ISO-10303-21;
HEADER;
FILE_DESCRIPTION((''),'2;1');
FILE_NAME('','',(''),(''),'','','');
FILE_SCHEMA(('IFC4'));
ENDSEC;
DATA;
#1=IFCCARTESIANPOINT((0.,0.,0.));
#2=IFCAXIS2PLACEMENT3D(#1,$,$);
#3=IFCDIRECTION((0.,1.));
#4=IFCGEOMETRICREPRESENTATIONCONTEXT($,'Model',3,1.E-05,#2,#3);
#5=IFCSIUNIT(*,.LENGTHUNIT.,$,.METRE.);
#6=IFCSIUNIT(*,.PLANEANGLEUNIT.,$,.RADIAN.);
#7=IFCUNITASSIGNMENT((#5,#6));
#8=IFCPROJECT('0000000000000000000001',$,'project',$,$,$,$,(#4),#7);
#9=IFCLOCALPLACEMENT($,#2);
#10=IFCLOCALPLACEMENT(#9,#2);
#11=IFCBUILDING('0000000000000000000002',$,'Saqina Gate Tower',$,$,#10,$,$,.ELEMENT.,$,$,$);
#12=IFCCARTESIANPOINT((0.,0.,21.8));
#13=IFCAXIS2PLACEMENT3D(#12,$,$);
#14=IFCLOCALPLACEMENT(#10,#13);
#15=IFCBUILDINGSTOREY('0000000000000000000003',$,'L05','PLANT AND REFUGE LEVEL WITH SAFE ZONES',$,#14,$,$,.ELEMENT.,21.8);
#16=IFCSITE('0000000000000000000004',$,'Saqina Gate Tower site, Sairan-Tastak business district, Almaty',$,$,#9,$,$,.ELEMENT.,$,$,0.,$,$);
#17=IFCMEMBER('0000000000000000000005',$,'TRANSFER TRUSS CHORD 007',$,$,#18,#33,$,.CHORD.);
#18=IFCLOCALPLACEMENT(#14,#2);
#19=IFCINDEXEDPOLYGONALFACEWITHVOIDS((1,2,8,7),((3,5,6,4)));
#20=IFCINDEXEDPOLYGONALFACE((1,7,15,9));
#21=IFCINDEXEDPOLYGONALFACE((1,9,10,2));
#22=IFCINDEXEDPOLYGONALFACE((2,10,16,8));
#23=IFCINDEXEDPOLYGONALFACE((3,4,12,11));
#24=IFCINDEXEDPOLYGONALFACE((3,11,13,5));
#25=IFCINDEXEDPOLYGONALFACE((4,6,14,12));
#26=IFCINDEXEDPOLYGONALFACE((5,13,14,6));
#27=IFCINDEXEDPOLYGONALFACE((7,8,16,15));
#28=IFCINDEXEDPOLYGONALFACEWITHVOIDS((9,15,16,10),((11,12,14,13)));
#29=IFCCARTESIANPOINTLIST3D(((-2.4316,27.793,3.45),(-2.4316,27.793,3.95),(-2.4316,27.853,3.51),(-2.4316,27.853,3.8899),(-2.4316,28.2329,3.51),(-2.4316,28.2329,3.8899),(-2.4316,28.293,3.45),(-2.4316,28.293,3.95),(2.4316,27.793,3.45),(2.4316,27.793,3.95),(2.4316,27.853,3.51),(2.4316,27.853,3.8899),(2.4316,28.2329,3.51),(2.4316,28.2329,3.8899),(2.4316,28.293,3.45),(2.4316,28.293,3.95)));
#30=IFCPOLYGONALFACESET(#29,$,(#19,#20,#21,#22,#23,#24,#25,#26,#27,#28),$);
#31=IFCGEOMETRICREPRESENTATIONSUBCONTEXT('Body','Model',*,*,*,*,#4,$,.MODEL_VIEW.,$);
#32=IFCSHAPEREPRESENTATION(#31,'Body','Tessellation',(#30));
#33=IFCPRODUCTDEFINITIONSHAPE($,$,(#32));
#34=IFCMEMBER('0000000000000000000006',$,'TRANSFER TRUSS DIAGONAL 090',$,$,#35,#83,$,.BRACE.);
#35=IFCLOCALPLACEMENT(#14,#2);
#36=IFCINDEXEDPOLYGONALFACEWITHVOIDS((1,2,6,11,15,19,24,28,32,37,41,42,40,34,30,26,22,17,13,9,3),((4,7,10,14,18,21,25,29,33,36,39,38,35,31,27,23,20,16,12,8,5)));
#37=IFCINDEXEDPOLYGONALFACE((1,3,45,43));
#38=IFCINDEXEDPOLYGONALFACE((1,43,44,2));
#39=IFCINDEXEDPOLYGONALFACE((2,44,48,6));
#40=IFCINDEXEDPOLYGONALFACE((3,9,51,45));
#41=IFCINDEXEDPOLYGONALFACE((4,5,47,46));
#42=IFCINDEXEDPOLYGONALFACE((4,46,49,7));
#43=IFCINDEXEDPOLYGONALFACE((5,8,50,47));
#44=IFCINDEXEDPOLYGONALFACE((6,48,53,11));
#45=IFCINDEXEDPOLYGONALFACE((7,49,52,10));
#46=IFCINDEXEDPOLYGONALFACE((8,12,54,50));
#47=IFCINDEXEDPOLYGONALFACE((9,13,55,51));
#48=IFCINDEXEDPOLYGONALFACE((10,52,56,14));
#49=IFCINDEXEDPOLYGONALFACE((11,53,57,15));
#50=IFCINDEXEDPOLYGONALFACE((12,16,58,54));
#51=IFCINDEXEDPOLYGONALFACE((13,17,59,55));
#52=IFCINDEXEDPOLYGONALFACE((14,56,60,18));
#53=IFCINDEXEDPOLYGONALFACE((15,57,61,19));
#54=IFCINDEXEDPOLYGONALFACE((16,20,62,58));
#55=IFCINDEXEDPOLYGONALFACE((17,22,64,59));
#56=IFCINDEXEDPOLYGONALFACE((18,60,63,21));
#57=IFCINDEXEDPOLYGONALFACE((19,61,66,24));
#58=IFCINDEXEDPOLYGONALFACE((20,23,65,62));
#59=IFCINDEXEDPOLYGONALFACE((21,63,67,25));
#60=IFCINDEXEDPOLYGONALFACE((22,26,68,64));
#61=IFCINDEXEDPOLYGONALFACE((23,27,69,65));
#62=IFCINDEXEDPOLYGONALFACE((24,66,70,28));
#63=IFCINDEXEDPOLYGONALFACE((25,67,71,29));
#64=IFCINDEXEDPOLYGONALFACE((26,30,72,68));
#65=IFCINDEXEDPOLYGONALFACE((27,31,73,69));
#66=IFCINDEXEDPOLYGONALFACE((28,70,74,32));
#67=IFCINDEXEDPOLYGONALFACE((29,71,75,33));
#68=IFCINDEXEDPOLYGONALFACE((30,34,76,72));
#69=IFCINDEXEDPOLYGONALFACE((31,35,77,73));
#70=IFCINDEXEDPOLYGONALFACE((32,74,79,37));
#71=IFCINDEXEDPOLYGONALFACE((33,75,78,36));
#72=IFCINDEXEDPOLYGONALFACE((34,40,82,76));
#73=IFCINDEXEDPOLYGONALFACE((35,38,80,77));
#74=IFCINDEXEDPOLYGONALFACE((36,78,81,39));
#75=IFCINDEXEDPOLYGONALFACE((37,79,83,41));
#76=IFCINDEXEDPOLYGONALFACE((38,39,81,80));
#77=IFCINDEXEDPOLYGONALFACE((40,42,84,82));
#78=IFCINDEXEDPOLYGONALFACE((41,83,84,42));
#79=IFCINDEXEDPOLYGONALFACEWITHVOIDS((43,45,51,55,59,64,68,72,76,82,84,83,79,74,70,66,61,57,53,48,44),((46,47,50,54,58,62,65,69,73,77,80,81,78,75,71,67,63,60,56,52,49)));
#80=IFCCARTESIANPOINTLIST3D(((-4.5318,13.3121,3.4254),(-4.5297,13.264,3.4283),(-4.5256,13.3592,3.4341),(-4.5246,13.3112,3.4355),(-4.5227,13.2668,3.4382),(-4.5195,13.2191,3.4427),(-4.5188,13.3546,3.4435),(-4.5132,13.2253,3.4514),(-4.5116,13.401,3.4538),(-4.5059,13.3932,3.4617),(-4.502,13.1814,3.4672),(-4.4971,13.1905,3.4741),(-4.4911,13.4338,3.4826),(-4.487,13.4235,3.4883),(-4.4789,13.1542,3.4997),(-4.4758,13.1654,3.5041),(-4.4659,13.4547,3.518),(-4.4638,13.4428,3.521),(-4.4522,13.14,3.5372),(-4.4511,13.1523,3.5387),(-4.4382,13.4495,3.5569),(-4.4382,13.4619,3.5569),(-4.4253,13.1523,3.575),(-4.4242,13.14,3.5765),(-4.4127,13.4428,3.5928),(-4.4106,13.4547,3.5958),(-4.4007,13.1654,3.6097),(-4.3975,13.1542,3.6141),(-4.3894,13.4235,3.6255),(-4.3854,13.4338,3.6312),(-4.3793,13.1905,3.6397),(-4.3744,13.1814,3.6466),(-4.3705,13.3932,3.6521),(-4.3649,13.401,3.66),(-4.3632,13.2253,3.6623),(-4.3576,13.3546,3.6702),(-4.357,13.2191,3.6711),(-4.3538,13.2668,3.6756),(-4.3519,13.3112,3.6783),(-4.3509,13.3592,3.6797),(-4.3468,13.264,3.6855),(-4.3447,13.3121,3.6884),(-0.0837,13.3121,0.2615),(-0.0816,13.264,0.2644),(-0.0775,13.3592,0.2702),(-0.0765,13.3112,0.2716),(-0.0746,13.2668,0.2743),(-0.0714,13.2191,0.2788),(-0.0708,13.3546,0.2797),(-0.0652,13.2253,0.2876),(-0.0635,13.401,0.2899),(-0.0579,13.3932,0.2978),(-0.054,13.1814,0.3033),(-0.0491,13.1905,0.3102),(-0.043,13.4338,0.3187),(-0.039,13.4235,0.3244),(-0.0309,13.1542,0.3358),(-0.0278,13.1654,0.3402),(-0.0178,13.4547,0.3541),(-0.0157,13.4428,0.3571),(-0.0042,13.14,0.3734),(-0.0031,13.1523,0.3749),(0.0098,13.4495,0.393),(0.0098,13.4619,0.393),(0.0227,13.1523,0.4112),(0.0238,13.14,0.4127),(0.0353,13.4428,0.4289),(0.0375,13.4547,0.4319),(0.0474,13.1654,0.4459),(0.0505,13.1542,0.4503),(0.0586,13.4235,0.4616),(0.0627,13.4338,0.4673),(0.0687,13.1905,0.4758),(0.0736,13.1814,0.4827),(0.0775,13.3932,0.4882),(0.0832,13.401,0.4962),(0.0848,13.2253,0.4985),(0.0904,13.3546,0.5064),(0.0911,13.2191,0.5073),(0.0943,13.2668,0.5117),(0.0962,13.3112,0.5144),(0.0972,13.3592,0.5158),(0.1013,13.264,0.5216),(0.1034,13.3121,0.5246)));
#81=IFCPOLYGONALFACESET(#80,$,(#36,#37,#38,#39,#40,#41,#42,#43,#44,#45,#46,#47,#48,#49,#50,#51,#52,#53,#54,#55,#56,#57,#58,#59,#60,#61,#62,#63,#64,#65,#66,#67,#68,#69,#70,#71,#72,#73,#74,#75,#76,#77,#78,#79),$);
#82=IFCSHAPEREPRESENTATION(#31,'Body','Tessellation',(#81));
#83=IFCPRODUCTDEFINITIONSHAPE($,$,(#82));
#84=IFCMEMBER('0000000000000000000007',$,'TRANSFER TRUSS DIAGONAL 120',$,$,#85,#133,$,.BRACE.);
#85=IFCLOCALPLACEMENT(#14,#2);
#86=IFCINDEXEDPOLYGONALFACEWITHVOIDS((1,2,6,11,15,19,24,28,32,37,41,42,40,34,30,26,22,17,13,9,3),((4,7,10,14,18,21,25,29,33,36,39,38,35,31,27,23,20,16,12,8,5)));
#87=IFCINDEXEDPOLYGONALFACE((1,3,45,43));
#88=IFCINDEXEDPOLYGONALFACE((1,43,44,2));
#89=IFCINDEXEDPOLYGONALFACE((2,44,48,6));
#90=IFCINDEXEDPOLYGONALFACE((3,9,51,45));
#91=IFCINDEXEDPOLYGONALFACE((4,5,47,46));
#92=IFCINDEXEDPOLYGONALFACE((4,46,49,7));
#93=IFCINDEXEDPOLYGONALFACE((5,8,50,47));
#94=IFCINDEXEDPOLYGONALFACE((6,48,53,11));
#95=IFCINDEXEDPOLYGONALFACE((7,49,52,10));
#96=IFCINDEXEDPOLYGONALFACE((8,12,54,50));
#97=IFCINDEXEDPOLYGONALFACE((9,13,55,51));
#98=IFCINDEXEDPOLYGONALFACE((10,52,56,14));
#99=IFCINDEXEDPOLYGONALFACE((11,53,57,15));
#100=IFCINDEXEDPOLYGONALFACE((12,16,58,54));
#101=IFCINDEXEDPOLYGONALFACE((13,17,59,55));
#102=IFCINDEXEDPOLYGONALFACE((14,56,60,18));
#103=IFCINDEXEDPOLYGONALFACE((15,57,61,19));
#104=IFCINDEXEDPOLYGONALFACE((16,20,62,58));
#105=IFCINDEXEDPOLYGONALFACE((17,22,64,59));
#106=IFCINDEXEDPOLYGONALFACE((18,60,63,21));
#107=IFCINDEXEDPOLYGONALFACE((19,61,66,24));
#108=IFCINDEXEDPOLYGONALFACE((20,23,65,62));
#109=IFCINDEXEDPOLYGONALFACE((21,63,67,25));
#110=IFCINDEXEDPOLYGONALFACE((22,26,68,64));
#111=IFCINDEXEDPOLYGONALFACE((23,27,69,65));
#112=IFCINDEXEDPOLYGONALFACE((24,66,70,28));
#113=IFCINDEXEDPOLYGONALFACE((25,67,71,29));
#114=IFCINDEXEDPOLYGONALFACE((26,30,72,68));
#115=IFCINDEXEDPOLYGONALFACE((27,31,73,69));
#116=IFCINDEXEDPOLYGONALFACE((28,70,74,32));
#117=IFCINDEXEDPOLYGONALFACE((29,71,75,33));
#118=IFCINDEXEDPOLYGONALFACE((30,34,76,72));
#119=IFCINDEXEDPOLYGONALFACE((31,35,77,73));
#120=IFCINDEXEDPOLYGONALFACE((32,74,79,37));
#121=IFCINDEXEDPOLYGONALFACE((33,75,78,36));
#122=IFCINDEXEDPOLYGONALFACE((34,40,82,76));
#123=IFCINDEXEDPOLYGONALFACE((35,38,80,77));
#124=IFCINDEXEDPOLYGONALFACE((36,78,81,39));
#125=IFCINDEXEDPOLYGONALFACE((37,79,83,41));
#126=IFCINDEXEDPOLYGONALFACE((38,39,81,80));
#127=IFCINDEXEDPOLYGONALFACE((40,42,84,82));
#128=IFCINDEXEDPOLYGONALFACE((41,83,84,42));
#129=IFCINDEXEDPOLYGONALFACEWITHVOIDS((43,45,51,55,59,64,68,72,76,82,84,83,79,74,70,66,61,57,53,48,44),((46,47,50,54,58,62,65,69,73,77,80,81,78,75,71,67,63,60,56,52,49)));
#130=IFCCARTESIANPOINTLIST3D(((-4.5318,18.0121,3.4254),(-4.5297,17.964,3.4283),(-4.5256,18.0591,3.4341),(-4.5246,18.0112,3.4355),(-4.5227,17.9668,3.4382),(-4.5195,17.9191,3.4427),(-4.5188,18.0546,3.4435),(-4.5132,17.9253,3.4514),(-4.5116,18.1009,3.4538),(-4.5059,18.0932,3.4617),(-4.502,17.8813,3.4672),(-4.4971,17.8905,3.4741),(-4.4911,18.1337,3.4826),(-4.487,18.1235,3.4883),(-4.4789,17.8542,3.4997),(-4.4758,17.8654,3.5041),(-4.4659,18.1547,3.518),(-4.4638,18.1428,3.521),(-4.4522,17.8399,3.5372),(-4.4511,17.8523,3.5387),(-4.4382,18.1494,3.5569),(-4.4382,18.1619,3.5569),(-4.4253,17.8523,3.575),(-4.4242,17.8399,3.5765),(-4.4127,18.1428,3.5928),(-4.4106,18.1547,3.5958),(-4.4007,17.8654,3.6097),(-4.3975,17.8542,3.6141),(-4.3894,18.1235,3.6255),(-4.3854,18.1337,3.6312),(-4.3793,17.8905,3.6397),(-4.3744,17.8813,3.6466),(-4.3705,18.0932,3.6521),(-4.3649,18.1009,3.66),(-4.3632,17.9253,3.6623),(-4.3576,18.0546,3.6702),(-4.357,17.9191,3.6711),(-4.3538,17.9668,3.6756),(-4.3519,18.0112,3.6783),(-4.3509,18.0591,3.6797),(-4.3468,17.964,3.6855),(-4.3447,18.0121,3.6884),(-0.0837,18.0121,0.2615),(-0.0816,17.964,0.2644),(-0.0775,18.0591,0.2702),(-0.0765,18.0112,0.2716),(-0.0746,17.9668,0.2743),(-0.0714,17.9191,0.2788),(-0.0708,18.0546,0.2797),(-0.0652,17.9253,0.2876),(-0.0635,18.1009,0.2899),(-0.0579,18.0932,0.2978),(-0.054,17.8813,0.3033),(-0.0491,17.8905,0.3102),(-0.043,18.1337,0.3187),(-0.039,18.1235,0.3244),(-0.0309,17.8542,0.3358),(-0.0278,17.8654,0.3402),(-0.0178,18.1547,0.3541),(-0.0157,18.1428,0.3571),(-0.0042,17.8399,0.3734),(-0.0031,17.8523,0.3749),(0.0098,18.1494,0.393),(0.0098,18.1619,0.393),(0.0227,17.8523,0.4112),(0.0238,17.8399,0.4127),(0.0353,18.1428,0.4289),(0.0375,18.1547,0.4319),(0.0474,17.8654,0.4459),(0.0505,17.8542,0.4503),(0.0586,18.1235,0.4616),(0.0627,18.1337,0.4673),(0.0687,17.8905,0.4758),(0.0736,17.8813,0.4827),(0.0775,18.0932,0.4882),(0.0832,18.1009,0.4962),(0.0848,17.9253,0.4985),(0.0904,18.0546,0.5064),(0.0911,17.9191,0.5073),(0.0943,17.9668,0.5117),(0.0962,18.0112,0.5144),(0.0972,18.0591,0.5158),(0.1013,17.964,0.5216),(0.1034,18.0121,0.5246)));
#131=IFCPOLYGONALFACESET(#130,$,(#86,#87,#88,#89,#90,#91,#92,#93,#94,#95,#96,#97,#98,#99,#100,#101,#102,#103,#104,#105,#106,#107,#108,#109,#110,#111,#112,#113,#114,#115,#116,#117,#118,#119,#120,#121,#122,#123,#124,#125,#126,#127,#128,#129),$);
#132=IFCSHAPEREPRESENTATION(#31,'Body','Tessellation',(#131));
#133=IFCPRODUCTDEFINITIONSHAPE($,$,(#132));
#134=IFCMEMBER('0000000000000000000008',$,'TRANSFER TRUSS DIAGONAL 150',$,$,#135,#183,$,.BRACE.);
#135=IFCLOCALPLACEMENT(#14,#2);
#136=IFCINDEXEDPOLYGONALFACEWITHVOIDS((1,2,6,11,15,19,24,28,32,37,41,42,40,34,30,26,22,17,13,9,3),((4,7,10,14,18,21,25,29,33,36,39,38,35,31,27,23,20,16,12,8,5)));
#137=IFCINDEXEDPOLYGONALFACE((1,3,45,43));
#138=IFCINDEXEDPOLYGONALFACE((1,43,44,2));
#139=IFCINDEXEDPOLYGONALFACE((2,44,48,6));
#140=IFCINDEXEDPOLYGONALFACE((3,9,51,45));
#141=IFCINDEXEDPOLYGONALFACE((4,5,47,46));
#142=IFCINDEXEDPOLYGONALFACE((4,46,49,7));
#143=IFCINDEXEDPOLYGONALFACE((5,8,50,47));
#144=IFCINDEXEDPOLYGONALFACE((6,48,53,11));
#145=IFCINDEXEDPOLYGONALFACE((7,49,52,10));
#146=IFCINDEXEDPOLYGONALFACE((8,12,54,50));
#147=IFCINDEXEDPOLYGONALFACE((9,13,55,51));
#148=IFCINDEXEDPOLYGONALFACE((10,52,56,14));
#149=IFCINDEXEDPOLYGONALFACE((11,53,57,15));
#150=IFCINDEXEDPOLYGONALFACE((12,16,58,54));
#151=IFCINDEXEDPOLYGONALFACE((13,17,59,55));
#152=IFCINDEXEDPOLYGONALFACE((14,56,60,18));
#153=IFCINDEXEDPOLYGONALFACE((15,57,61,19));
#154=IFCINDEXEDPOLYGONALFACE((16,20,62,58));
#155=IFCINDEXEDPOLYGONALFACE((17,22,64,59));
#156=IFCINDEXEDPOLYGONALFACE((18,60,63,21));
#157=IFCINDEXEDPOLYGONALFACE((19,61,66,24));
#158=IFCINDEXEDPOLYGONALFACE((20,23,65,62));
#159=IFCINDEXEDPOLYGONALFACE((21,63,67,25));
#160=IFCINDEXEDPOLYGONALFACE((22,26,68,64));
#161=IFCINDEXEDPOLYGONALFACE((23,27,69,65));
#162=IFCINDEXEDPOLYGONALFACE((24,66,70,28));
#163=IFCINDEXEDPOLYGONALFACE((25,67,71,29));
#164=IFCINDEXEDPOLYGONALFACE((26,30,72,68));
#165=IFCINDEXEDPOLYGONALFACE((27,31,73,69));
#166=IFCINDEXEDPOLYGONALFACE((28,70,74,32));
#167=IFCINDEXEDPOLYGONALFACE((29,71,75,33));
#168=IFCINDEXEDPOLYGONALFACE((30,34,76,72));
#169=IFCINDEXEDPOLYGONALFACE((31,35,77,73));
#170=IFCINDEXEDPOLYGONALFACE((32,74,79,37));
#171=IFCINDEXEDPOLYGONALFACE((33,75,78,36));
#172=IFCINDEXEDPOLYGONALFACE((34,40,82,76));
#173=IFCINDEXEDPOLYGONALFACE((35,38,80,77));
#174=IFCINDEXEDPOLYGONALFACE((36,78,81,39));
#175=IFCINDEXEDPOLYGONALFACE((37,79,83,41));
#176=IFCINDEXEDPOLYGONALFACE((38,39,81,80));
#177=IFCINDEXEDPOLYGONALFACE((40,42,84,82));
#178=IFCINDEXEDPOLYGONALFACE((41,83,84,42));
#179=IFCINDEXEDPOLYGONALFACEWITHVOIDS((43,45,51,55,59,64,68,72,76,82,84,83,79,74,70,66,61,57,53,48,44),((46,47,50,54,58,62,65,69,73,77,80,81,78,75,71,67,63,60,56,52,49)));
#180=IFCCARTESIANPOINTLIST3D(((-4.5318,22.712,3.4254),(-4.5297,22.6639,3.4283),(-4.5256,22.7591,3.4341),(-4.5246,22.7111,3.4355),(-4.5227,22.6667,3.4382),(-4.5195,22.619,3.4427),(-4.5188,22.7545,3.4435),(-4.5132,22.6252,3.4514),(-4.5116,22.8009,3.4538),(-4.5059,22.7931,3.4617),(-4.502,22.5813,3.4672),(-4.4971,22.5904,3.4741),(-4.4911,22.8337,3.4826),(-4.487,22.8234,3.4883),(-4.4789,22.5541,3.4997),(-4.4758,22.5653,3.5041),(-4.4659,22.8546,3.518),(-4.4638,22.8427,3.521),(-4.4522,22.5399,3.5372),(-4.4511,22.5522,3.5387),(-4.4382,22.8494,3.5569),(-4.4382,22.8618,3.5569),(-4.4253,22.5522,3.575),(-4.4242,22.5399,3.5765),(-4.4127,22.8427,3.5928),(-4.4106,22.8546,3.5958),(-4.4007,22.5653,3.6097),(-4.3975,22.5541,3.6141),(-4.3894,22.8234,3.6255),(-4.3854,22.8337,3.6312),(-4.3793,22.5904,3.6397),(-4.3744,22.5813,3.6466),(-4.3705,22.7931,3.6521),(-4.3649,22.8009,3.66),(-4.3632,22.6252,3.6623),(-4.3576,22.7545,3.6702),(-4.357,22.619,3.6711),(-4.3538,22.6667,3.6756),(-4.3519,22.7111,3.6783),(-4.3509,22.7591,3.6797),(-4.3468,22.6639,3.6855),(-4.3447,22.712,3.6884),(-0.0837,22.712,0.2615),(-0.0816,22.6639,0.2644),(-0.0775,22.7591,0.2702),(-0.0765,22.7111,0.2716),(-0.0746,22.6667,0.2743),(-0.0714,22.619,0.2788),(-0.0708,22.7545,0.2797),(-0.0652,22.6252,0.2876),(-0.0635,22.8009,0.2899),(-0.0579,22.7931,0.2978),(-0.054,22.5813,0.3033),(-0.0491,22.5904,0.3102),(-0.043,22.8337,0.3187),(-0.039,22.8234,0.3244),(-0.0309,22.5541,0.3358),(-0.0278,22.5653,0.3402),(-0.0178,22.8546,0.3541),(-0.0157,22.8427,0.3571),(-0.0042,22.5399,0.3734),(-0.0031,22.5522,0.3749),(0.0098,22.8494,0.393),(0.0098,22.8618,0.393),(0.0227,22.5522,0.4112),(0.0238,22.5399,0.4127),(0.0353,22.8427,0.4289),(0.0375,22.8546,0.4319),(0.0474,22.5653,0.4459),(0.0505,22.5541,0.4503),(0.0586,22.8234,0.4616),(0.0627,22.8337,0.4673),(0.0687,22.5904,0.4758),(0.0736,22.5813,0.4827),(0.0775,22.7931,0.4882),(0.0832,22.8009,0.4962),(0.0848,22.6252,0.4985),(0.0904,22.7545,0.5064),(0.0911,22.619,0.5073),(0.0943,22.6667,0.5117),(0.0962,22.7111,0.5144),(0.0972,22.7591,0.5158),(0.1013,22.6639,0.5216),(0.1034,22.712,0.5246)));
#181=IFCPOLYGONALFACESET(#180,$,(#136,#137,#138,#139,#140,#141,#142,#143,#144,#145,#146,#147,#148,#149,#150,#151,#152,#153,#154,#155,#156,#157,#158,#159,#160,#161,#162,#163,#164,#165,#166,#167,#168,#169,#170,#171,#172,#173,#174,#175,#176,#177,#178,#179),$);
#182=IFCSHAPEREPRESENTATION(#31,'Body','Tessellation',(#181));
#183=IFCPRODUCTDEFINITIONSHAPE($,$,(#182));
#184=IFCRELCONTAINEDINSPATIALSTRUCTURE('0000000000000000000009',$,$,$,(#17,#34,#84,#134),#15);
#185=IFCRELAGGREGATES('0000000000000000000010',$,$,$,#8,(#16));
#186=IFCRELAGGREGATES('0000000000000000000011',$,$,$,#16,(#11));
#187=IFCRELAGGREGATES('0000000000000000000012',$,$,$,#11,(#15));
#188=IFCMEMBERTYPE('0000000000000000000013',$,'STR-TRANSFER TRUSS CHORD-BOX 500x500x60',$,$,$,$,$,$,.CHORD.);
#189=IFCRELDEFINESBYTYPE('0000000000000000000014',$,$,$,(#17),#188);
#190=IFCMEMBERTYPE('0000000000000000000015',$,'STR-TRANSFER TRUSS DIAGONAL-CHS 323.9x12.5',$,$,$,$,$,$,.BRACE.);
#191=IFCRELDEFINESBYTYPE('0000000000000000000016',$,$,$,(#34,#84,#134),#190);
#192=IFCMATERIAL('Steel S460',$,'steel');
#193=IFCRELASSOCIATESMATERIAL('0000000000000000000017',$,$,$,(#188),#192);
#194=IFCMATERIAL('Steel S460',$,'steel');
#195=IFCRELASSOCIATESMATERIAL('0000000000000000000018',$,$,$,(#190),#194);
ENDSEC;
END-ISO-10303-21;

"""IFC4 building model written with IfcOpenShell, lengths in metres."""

from ifc_helpers import new_model, si_unit, direction, frame, origin, origin_2d, place, context, subcontext, project, spatial, hollow_rectangle, hollow_circle, extrude, material, material_profile, profile_set, type_object, element, save


model = new_model("IFC4")

# Units and contexts
model_context = context("Model", 3, precision=1e-05, world=origin(), true_north=direction((0.0, 1.0)))
body_context = subcontext(model_context, "Body", "Model", "MODEL_VIEW")
ifc_project = project(units=[si_unit("LENGTHUNIT", "METRE"), si_unit("PLANEANGLEUNIT", "RADIAN")], contexts=[model_context])

# Site, building, storey
site_placement = place(None, origin())
site = spatial("IfcSite", under=ifc_project, at=site_placement, Name="Saqina Gate Tower site, Sairan-Tastak business district, Almaty", CompositionType="ELEMENT", RefElevation=0.0)
building_placement = place(site_placement, origin())
building = spatial("IfcBuilding", under=site, at=building_placement, Name="Saqina Gate Tower", CompositionType="ELEMENT")
storey_placement = place(building_placement, frame((0.0, 0.0, 21.8)))
storey = spatial("IfcBuildingStorey", under=building, at=storey_placement, Name="L05", Description="PLANT AND REFUGE LEVEL WITH SAFE ZONES", CompositionType="ELEMENT", Elevation=21.8)

# Members
ifc_material_1 = material(Name="Steel S460", Category="steel")
ifc_material_profile_1 = material_profile(ifc_material_1, hollow_rectangle(XDim=0.5, YDim=0.5, WallThickness=0.0601, at=origin_2d()), Name="BOX 500x500x60")
ifc_profile_set_1 = profile_set([ifc_material_profile_1], Name="Steel S460")
member_type_1 = type_object("IfcMemberType", Name="STR-TRANSFER TRUSS CHORD-BOX 500x500x60", PredefinedType="CHORD", material=ifc_profile_set_1)
for number, where, z_axis, x_axis, name in (
    (1, (-2.4316, 28.043, 3.7), (1.0, 0.0, 0.0), (0.0, 1.0, 0.0), "TRANSFER TRUSS CHORD 007"),
):
    element("IfcMember", number, at=place(storey_placement, frame(where, z_axis=z_axis, x_axis=x_axis)), inside=storey, type_object=member_type_1, Name=name, PredefinedType="CHORD", context=body_context, shape_type="SweptSolid", body=[
        extrude(hollow_rectangle(XDim=0.5, YDim=0.5, WallThickness=0.0601, at=origin_2d()), origin(), (0.0, 0.0, 1.0), 4.8633),
    ])
ifc_material_2 = material(Name="Steel S460", Category="steel")
ifc_material_profile_2 = material_profile(ifc_material_2, hollow_circle(Radius=0.1619, WallThickness=0.0125, at=origin_2d()), Name="CHS 323.9x12.5")
ifc_profile_set_2 = profile_set([ifc_material_profile_2], Name="Steel S460")
member_type_2 = type_object("IfcMemberType", Name="STR-TRANSFER TRUSS DIAGONAL-CHS 323.9x12.5", PredefinedType="BRACE", material=ifc_profile_set_2)
for number, where, z_axis, x_axis, name in (
    (2, (-4.4382, 13.3, 3.5569), (0.814886, 0.0, -0.579621), (0.0, 1.0, 0.0), "TRANSFER TRUSS DIAGONAL 090"),
    (3, (-4.4382, 18.0, 3.5569), (0.814886, 0.0, -0.579621), (0.0, 1.0, 0.0), "TRANSFER TRUSS DIAGONAL 120"),
    (4, (-4.4382, 22.7, 3.5569), (0.814886, 0.0, -0.579621), (0.0, 1.0, 0.0), "TRANSFER TRUSS DIAGONAL 150"),
):
    element("IfcMember", number, at=place(storey_placement, frame(where, z_axis=z_axis, x_axis=x_axis)), inside=storey, type_object=member_type_2, Name=name, PredefinedType="BRACE", context=body_context, shape_type="SweptSolid", body=[
        extrude(hollow_circle(Radius=0.1619, WallThickness=0.0125, at=origin_2d()), origin(), (0.0, 0.0, 1.0), 5.4585),
    ])

save(model, "model.ifc")
